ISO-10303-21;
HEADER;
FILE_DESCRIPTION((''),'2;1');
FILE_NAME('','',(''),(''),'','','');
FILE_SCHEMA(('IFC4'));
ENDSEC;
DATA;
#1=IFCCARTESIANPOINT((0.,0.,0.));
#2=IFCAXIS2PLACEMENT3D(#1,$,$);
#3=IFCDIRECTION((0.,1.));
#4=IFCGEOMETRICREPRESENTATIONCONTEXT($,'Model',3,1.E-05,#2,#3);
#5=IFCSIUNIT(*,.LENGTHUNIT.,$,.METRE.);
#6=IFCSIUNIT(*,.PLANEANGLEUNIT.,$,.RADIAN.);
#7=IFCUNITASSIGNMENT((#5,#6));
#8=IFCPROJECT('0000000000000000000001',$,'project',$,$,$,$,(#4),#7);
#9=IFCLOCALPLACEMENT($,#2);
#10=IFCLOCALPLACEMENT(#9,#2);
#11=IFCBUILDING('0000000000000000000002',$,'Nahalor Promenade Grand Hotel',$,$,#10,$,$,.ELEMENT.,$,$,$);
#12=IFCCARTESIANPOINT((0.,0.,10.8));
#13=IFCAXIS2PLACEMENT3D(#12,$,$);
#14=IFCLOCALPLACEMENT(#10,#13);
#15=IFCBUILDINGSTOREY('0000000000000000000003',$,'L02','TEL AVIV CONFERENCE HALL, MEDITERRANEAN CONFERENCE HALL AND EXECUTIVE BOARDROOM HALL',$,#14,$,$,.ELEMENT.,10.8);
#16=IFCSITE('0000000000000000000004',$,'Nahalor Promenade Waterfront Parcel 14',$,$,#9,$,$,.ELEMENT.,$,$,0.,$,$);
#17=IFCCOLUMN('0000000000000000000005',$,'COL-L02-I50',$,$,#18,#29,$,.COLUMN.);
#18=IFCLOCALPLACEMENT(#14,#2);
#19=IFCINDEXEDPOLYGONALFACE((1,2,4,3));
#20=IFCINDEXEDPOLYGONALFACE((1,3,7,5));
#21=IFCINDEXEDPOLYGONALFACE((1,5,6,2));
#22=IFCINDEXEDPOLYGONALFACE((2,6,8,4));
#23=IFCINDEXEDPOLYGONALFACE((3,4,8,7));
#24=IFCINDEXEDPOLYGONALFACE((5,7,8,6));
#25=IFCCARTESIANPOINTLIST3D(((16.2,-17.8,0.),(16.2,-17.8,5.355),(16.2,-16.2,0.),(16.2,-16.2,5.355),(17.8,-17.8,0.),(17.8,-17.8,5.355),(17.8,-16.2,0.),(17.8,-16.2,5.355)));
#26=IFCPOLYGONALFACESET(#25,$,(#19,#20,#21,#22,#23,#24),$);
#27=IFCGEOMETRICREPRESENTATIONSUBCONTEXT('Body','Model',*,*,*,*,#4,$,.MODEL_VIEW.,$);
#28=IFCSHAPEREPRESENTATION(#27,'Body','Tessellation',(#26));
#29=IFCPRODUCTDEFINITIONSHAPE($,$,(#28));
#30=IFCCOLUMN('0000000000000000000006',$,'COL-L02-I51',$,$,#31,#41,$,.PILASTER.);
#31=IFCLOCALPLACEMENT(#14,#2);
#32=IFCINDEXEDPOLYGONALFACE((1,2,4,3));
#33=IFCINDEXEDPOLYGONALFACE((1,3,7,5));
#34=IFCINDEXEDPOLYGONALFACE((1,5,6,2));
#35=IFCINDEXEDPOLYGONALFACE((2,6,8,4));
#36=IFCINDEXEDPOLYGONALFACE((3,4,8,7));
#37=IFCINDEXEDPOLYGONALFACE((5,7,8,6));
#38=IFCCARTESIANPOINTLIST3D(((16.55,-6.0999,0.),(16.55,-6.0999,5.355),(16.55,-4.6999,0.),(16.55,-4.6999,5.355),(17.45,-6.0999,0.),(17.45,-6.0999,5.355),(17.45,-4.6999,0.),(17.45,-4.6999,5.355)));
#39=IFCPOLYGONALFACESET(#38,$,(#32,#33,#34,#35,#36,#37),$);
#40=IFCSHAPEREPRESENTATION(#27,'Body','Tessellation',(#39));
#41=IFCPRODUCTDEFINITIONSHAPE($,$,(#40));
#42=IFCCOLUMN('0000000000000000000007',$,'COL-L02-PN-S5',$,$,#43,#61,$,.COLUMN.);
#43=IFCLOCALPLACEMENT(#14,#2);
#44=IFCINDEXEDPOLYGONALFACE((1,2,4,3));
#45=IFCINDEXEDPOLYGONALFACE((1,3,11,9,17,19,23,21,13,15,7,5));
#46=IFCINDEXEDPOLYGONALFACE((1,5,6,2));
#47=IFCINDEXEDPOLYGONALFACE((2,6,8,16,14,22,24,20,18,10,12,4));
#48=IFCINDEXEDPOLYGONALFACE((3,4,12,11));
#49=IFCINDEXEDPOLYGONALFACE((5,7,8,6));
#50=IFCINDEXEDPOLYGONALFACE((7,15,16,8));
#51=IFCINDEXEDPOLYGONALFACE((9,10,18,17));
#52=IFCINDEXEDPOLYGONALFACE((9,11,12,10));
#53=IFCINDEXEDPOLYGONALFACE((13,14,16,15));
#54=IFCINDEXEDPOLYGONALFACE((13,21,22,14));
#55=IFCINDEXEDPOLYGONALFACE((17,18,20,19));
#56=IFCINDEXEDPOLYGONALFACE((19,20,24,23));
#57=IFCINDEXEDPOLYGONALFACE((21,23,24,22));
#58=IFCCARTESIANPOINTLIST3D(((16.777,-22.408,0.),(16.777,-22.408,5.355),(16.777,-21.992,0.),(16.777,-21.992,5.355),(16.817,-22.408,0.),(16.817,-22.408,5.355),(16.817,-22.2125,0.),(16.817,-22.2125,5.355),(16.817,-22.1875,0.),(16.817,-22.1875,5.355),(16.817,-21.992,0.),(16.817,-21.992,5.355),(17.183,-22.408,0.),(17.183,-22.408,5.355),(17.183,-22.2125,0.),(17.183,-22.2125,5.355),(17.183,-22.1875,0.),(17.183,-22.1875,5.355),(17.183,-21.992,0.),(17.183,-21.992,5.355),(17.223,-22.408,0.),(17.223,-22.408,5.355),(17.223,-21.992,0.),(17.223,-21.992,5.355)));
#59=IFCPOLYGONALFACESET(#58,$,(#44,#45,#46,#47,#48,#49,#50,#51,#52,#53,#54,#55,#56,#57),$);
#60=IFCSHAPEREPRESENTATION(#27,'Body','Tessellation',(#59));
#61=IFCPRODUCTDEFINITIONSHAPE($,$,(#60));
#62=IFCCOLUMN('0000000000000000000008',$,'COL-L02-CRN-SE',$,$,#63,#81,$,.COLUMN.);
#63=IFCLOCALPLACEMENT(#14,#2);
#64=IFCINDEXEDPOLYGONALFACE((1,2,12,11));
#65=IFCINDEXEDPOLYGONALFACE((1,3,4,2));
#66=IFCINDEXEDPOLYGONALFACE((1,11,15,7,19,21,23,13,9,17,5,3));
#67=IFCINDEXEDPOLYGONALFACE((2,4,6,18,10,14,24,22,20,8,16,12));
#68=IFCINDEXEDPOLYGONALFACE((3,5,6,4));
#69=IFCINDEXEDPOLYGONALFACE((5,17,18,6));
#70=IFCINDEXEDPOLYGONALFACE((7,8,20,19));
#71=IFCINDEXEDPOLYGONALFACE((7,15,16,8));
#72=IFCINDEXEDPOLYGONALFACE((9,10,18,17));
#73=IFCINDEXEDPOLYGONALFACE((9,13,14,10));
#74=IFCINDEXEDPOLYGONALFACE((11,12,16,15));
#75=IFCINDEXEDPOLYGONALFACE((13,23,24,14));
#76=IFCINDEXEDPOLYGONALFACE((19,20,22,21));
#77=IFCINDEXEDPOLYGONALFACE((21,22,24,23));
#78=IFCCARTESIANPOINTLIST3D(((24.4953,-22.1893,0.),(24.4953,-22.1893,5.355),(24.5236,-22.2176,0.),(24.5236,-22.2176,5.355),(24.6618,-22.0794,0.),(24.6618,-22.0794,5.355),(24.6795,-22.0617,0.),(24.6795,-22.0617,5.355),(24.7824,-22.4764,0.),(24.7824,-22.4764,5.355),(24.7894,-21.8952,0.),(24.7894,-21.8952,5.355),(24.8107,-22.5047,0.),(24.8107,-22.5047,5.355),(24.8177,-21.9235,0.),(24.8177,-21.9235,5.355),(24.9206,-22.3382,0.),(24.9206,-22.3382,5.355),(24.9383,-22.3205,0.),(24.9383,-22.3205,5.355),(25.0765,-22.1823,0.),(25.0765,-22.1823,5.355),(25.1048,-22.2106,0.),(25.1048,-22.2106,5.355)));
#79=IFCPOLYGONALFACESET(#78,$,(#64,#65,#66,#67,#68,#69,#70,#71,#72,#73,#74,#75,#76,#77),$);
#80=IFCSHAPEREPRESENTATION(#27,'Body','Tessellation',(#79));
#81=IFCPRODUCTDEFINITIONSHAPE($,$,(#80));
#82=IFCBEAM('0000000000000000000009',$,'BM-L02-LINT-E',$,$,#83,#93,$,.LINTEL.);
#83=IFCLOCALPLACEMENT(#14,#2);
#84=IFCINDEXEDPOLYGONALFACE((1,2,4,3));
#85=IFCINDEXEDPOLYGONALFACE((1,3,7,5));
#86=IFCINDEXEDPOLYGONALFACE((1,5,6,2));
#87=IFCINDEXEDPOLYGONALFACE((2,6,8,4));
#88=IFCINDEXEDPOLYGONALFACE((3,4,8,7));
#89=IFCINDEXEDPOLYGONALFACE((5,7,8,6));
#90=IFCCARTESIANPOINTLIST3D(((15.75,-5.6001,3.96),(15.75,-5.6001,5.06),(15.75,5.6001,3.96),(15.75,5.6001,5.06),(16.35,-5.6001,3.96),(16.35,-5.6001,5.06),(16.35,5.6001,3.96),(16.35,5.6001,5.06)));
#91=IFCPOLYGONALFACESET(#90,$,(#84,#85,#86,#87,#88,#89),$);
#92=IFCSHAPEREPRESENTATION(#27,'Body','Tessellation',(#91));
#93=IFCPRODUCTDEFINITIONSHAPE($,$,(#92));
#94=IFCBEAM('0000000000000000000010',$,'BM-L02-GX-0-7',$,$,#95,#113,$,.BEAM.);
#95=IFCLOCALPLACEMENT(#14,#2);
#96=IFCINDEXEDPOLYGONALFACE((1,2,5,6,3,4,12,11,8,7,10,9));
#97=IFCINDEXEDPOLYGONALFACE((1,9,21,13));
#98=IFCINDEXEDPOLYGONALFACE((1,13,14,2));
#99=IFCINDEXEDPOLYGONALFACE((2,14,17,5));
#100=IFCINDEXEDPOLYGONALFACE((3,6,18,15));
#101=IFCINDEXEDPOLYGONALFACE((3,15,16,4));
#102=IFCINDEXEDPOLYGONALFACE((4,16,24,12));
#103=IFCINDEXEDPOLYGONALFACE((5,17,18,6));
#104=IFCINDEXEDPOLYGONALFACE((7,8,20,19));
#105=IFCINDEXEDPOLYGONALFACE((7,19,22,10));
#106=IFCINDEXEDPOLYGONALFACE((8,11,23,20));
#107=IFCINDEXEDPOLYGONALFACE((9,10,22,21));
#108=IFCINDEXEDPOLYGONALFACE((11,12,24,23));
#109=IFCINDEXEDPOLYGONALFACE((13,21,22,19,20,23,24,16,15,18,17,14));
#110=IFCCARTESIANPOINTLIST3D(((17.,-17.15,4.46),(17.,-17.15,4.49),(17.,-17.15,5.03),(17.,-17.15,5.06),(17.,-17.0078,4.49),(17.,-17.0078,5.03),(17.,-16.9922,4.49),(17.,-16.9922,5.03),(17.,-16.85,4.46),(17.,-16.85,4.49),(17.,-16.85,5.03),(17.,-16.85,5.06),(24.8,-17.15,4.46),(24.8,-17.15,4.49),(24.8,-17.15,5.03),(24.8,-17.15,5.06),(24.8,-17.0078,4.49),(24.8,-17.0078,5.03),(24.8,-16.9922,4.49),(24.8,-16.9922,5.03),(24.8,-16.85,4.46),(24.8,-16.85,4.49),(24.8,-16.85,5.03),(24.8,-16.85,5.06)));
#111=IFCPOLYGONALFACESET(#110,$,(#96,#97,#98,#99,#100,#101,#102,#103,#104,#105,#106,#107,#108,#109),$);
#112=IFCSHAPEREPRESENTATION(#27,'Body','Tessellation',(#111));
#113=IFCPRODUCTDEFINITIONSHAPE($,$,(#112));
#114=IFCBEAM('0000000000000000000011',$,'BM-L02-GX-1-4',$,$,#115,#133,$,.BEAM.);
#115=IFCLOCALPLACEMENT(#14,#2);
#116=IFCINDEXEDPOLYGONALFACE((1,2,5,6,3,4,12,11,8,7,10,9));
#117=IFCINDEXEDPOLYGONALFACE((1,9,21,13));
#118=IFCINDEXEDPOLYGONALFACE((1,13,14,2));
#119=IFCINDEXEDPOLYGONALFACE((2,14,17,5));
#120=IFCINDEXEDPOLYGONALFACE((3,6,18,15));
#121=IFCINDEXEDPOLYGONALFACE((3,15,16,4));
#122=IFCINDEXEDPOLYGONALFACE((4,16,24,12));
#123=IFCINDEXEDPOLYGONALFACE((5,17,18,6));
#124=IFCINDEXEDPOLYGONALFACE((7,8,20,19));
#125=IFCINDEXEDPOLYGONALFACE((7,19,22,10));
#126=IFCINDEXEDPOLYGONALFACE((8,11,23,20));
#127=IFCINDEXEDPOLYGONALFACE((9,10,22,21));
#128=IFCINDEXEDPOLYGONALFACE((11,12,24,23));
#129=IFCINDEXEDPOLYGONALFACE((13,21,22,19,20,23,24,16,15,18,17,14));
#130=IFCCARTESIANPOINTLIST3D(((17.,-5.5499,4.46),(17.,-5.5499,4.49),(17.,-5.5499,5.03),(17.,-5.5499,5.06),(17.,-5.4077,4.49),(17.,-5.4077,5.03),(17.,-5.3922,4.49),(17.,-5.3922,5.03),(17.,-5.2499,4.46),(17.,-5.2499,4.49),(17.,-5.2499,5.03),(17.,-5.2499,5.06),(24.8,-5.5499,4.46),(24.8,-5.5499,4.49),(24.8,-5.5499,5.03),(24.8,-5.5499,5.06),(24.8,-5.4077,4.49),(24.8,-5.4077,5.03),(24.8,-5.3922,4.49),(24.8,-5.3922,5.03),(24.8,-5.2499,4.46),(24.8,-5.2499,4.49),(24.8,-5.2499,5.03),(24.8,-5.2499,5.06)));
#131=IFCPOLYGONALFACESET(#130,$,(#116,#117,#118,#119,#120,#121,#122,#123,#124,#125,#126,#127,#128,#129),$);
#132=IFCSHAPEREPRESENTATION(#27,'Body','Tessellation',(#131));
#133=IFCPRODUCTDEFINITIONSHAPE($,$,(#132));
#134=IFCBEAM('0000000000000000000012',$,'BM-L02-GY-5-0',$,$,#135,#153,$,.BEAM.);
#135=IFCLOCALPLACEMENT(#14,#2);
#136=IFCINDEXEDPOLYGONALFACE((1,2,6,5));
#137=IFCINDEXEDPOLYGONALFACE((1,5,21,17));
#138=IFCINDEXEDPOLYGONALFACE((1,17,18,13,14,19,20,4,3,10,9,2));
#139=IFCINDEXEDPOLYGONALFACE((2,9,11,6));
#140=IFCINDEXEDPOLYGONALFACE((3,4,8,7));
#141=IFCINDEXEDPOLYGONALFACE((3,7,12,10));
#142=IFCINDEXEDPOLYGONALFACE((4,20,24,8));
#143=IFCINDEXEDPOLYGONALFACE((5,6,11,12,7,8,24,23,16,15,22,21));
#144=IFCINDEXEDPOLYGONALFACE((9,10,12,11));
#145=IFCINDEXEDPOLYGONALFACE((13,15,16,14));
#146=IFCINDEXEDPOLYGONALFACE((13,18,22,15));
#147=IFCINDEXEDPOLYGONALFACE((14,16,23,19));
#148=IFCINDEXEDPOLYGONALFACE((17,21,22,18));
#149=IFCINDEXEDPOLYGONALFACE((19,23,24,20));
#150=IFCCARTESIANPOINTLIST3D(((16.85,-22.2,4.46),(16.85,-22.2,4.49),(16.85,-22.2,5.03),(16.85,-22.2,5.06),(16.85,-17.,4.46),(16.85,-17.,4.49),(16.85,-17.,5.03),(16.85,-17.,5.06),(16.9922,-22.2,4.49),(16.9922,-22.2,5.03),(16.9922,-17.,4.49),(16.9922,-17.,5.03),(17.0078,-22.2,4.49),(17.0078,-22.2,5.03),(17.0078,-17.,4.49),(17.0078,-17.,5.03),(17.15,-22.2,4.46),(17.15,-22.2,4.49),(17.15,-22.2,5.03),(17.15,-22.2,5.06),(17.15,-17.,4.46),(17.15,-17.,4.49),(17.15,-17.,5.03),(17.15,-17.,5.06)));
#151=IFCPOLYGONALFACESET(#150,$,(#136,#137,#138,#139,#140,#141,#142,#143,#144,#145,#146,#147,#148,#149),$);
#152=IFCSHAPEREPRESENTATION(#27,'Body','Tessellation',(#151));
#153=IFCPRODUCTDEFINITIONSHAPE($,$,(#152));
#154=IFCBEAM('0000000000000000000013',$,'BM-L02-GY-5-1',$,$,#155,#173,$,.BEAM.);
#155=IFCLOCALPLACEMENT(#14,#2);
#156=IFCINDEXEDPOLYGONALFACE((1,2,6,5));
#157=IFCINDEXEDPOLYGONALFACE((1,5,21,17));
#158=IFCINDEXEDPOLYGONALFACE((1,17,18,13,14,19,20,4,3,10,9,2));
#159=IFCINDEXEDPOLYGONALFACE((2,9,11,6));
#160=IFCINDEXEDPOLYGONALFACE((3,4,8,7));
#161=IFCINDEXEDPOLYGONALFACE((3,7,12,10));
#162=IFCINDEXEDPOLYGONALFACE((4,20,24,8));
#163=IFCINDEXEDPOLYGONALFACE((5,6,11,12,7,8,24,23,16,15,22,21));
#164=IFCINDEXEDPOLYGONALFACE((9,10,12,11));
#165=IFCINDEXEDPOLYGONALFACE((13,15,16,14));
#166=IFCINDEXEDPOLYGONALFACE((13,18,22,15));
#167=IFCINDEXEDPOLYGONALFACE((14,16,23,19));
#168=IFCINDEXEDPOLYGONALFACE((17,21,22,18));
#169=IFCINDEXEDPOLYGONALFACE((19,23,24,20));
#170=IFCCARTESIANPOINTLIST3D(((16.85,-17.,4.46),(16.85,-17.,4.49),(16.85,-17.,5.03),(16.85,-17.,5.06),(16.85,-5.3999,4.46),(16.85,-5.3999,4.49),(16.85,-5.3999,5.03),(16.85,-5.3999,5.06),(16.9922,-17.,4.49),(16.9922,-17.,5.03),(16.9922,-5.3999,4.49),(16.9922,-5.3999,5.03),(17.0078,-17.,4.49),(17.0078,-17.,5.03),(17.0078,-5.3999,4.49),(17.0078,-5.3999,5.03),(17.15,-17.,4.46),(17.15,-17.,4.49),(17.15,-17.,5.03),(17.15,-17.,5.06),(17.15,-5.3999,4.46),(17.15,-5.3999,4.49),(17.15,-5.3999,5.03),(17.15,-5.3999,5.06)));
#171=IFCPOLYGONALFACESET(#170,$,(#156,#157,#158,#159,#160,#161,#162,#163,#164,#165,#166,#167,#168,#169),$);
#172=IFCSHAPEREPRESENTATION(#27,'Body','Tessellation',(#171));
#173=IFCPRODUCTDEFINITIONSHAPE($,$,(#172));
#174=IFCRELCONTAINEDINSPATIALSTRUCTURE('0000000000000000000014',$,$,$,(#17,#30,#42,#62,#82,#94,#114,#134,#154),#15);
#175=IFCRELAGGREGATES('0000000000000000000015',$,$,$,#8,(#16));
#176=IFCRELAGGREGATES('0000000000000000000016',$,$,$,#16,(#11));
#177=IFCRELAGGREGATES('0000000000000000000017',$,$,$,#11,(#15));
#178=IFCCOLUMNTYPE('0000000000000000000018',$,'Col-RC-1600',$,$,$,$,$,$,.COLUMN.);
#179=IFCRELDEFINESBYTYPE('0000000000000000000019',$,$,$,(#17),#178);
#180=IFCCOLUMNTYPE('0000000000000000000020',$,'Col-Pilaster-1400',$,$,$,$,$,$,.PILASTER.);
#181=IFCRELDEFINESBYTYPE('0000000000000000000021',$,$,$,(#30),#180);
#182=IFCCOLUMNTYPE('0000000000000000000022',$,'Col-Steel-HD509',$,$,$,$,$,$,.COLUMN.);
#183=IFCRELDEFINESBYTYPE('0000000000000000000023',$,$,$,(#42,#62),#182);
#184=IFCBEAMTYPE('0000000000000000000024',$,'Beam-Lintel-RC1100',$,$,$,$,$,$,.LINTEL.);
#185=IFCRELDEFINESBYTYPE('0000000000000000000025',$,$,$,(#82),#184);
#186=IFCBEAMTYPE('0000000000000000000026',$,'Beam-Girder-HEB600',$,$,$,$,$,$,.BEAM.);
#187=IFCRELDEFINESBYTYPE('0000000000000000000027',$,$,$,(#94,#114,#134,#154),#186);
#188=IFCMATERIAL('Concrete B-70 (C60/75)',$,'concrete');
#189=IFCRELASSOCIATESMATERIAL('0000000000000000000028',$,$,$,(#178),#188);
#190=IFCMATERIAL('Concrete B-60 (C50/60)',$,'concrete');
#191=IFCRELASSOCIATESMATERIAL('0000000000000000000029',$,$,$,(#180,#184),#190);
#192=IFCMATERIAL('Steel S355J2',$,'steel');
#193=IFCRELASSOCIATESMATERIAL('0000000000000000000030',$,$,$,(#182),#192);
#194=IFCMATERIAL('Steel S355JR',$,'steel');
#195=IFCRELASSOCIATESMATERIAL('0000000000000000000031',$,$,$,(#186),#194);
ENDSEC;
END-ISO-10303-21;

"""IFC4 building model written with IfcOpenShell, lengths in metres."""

from ifc_helpers import new_model, si_unit, direction, frame, origin, origin_2d, place, context, subcontext, project, spatial, rectangle, i_section, extrude, source, transform, mapped, material, material_profile, profile_set, type_object, element, save


model = new_model("IFC4")

# Units and contexts
model_context = context("Model", 3, precision=1e-05, world=origin(), true_north=direction((0.0, 1.0)))
body_context = subcontext(model_context, "Body", "Model", "MODEL_VIEW")
ifc_project = project(units=[si_unit("LENGTHUNIT", "METRE"), si_unit("PLANEANGLEUNIT", "RADIAN")], contexts=[model_context])

# Site, building, storey
site_placement = place(None, origin())
site = spatial("IfcSite", under=ifc_project, at=site_placement, Name="Nahalor Promenade Waterfront Parcel 14", CompositionType="ELEMENT", RefElevation=0.0)
building_placement = place(site_placement, origin())
building = spatial("IfcBuilding", under=site, at=building_placement, Name="Nahalor Promenade Grand Hotel", CompositionType="ELEMENT")
storey_placement = place(building_placement, frame((0.0, 0.0, 10.8)))
storey = spatial("IfcBuildingStorey", under=building, at=storey_placement, Name="L02", Description="TEL AVIV CONFERENCE HALL, MEDITERRANEAN CONFERENCE HALL AND EXECUTIVE BOARDROOM HALL", CompositionType="ELEMENT", Elevation=10.8)

# Columns
ifc_material_1 = material(Name="Concrete B-70 (C60/75)", Category="concrete")
ifc_material_profile_1 = material_profile(ifc_material_1, rectangle(XDim=1.6, YDim=1.6, at=origin_2d()), Name="RC 1600x1600")
ifc_profile_set_1 = profile_set([ifc_material_profile_1], Name="Concrete B-70 (C60/75)")
column_type_1 = type_object("IfcColumnType", Name="Col-RC-1600", PredefinedType="COLUMN", material=ifc_profile_set_1)
shared_shape_1 = source(origin(), body_context, "Body", "SweptSolid", [
    extrude(rectangle(XDim=1.6, YDim=1.6, at=origin_2d()), origin(), (0.0, 0.0, 1.0), 5.355),
])
column_1_placement = place(storey_placement, frame((17.0, -17.0, 0.0), z_axis=(0.0, 0.0, 1.0), x_axis=(1.0, 0.0, 0.0)))
element("IfcColumn", 1, at=column_1_placement, inside=storey, type_object=column_type_1, Name="COL-L02-I50", PredefinedType="COLUMN", context=body_context, shape_type="MappedRepresentation", body=[
    mapped(shared_shape_1, transform((0.0, 0.0, 0.0), scale=1.0)),
])
ifc_material_2 = material(Name="Concrete B-60 (C50/60)", Category="concrete")
ifc_material_profile_2 = material_profile(ifc_material_2, rectangle(XDim=0.9, YDim=1.4, at=origin_2d()), Name="RC 900x1400")
ifc_profile_set_2 = profile_set([ifc_material_profile_2], Name="Concrete B-60 (C50/60)")
column_type_2 = type_object("IfcColumnType", Name="Col-Pilaster-1400", PredefinedType="PILASTER", material=ifc_profile_set_2)
shared_shape_2 = source(origin(), body_context, "Body", "SweptSolid", [
    extrude(rectangle(XDim=0.9, YDim=1.4, at=origin_2d()), origin(), (0.0, 0.0, 1.0), 5.355),
])
column_2_placement = place(storey_placement, frame((17.0, -5.3999, 0.0), z_axis=(0.0, 0.0, 1.0), x_axis=(1.0, 0.0, 0.0)))
element("IfcColumn", 2, at=column_2_placement, inside=storey, type_object=column_type_2, Name="COL-L02-I51", PredefinedType="PILASTER", context=body_context, shape_type="MappedRepresentation", body=[
    mapped(shared_shape_2, transform((0.0, 0.0, 0.0), scale=1.0)),
])
ifc_material_3 = material(Name="Steel S355J2", Category="steel")
ifc_material_profile_3 = material_profile(ifc_material_3, i_section(OverallWidth=0.416, OverallDepth=0.446, WebThickness=0.025, FlangeThickness=0.04, at=origin_2d()), Name="HD 400x509")
ifc_profile_set_3 = profile_set([ifc_material_profile_3], Name="Steel S355J2")
column_type_3 = type_object("IfcColumnType", Name="Col-Steel-HD509", PredefinedType="COLUMN", material=ifc_profile_set_3)
shared_shape_3 = source(origin(), body_context, "Body", "SweptSolid", [
    extrude(i_section(OverallWidth=0.416, OverallDepth=0.446, WebThickness=0.025, FlangeThickness=0.04, at=origin_2d()), origin(), (0.0, 0.0, 1.0), 5.355),
])
for number, where, z_axis, x_axis, name in (
    (3, (17.0, -22.2, 0.0), (0.0, 0.0, 1.0), (0.0, 1.0, 0.0), "COL-L02-PN-S5"),
    (4, (24.8, -22.2, 0.0), (0.0, 0.0, 1.0), (0.707107, 0.707107, 0.0), "COL-L02-CRN-SE"),
):
    element("IfcColumn", number, at=place(storey_placement, frame(where, z_axis=z_axis, x_axis=x_axis)), inside=storey, type_object=column_type_3, Name=name, PredefinedType="COLUMN", context=body_context, shape_type="MappedRepresentation", body=[
        mapped(shared_shape_3, transform((0.0, 0.0, 0.0), scale=1.0)),
    ])

# Beams
ifc_material_profile_4 = material_profile(ifc_material_2, rectangle(XDim=0.6, YDim=1.1, at=origin_2d()), Name="RC 600x1100")
ifc_profile_set_4 = profile_set([ifc_material_profile_4], Name="Concrete B-60 (C50/60)")
beam_type_1 = type_object("IfcBeamType", Name="Beam-Lintel-RC1100", PredefinedType="LINTEL", material=ifc_profile_set_4)
shared_shape_4 = source(origin(), body_context, "Body", "SweptSolid", [
    extrude(rectangle(XDim=0.6, YDim=1.1, at=origin_2d()), origin(), (0.0, 0.0, 1.0), 11.2002),
])
beam_1_placement = place(storey_placement, frame((16.05, -5.6001, 4.51), z_axis=(0.0, 1.0, 0.0), x_axis=(-1.0, 0.0, 0.0)))
element("IfcBeam", 5, at=beam_1_placement, inside=storey, type_object=beam_type_1, Name="BM-L02-LINT-E", PredefinedType="LINTEL", context=body_context, shape_type="MappedRepresentation", body=[
    mapped(shared_shape_4, transform((0.0, 0.0, 0.0), scale=1.0)),
])
ifc_material_4 = material(Name="Steel S355JR", Category="steel")
ifc_material_profile_5 = material_profile(ifc_material_4, i_section(OverallWidth=0.3, OverallDepth=0.6, WebThickness=0.0155, FlangeThickness=0.03, at=origin_2d()), Name="HEB 600")
ifc_profile_set_5 = profile_set([ifc_material_profile_5], Name="Steel S355JR")
beam_type_2 = type_object("IfcBeamType", Name="Beam-Girder-HEB600", PredefinedType="BEAM", material=ifc_profile_set_5)
shared_shape_5 = source(origin(), body_context, "Body", "SweptSolid", [
    extrude(i_section(OverallWidth=0.3, OverallDepth=0.6, WebThickness=0.0155, FlangeThickness=0.03, at=origin_2d()), origin(), (0.0, 0.0, 1.0), 7.8),
])
for number, where, z_axis, x_axis, name in (
    (6, (17.0, -17.0, 4.76), (1.0, 0.0, 0.0), (0.0, 1.0, 0.0), "BM-L02-GX-0-7"),
    (7, (17.0, -5.3999, 4.76), (1.0, 0.0, 0.0), (0.0, 1.0, 0.0), "BM-L02-GX-1-4"),
):
    element("IfcBeam", number, at=place(storey_placement, frame(where, z_axis=z_axis, x_axis=x_axis)), inside=storey, type_object=beam_type_2, Name=name, PredefinedType="BEAM", context=body_context, shape_type="MappedRepresentation", body=[
        mapped(shared_shape_5, transform((0.0, 0.0, 0.0), scale=1.0)),
    ])
shared_shape_6 = source(origin(), body_context, "Body", "SweptSolid", [
    extrude(i_section(OverallWidth=0.3, OverallDepth=0.6, WebThickness=0.0155, FlangeThickness=0.03, at=origin_2d()), origin(), (0.0, 0.0, 1.0), 5.2),
])
beam_2_placement = place(storey_placement, frame((17.0, -22.2, 4.76), z_axis=(0.0, 1.0, 0.0), x_axis=(-1.0, 0.0, 0.0)))
element("IfcBeam", 8, at=beam_2_placement, inside=storey, type_object=beam_type_2, Name="BM-L02-GY-5-0", PredefinedType="BEAM", context=body_context, shape_type="MappedRepresentation", body=[
    mapped(shared_shape_6, transform((0.0, 0.0, 0.0), scale=1.0)),
])
shared_shape_7 = source(origin(), body_context, "Body", "SweptSolid", [
    extrude(i_section(OverallWidth=0.3, OverallDepth=0.6, WebThickness=0.0155, FlangeThickness=0.03, at=origin_2d()), origin(), (0.0, 0.0, 1.0), 11.6001),
])
beam_3_placement = place(storey_placement, frame((17.0, -17.0, 4.76), z_axis=(0.0, 1.0, 0.0), x_axis=(-1.0, 0.0, 0.0)))
element("IfcBeam", 9, at=beam_3_placement, inside=storey, type_object=beam_type_2, Name="BM-L02-GY-5-1", PredefinedType="BEAM", context=body_context, shape_type="MappedRepresentation", body=[
    mapped(shared_shape_7, transform((0.0, 0.0, 0.0), scale=1.0)),
])

save(model, "model.ifc")
